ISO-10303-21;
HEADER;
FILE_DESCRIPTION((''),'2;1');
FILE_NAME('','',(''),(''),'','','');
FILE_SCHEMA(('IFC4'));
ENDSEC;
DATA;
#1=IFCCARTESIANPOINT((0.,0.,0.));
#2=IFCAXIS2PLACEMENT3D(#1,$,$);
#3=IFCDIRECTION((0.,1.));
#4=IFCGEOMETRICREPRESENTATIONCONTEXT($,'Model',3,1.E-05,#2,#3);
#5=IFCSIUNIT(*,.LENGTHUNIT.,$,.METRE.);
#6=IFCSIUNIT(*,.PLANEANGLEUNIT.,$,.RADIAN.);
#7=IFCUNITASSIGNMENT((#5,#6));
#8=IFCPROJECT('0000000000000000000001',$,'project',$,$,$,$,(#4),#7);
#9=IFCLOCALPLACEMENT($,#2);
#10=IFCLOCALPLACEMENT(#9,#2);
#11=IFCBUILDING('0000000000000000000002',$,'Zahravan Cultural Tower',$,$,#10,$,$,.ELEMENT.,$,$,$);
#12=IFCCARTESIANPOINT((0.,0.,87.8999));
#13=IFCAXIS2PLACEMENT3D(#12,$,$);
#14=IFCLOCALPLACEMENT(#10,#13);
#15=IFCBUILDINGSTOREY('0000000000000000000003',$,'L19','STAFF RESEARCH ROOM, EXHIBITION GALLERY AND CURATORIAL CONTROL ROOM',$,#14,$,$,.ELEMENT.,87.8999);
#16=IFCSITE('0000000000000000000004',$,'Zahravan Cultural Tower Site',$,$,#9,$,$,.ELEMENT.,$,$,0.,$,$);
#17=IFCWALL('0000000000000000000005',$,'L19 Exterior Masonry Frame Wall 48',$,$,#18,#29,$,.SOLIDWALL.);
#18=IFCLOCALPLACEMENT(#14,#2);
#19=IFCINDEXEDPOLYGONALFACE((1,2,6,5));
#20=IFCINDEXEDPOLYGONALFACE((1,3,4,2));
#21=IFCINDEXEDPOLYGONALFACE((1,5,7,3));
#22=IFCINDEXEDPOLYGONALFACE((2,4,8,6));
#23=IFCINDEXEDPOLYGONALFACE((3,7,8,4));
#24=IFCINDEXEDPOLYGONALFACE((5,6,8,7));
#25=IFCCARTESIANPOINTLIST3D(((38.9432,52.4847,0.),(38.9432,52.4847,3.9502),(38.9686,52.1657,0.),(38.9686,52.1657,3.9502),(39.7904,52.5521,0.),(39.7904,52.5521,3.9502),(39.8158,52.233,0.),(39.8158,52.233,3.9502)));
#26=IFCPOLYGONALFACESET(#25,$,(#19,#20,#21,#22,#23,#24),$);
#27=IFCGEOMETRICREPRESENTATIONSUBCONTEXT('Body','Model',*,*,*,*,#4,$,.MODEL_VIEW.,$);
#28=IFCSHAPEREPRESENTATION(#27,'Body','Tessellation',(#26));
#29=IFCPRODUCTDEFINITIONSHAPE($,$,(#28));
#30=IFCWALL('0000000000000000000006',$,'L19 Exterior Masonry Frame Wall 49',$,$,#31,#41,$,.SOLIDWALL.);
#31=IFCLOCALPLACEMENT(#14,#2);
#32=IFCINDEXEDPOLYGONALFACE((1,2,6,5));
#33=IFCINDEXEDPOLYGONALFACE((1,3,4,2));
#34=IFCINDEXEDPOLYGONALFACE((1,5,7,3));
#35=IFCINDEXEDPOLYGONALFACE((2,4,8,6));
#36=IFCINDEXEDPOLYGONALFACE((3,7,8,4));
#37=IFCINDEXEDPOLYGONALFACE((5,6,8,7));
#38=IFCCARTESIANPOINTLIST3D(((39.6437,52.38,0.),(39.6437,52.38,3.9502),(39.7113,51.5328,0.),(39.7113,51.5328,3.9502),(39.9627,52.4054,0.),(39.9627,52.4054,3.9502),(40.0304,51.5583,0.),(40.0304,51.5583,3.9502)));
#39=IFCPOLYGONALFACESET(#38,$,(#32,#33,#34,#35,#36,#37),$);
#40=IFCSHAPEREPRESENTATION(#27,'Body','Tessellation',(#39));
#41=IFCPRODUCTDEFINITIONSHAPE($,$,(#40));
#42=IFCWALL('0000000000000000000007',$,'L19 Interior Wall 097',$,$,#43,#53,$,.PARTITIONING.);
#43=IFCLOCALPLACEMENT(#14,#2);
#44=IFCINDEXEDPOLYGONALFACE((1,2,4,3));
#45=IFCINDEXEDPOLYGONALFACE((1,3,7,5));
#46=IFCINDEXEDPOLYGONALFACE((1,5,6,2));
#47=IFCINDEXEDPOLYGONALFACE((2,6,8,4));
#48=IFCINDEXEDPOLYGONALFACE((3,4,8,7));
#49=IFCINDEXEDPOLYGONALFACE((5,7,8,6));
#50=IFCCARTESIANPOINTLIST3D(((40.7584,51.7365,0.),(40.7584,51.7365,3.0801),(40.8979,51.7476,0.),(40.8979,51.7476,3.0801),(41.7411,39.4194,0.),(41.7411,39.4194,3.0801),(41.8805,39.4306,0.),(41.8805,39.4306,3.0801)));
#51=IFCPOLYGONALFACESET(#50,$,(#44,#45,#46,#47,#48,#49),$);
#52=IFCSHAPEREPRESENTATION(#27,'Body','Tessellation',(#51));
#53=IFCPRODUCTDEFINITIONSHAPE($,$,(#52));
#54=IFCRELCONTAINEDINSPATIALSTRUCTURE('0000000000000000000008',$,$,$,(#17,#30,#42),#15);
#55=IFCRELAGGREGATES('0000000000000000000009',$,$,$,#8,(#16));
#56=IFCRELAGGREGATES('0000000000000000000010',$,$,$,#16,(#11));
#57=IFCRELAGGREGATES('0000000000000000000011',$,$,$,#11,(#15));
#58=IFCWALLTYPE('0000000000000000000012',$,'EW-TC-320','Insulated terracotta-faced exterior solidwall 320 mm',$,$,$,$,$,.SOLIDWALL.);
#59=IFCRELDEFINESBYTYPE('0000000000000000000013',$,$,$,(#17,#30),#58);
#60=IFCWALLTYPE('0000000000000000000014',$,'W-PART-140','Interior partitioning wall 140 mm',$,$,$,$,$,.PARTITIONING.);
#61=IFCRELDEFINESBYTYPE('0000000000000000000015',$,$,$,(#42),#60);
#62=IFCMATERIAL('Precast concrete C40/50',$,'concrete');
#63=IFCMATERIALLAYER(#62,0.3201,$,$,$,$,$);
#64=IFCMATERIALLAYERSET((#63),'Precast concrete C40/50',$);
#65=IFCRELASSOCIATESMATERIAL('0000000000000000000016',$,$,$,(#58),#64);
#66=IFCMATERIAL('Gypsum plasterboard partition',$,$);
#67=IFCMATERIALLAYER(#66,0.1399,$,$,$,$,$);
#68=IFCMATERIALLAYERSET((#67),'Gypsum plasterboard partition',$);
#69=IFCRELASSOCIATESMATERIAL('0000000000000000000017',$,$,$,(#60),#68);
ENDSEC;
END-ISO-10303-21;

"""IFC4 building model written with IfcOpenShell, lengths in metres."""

from ifc_helpers import new_model, si_unit, direction, frame, frame_2d, origin, place, context, subcontext, project, spatial, rectangle, extrude, source, transform, mapped, material, layer, layer_set, type_object, element, save


model = new_model("IFC4")

# Units and contexts
model_context = context("Model", 3, precision=1e-05, world=origin(), true_north=direction((0.0, 1.0)))
body_context = subcontext(model_context, "Body", "Model", "MODEL_VIEW")
ifc_project = project(units=[si_unit("LENGTHUNIT", "METRE"), si_unit("PLANEANGLEUNIT", "RADIAN")], contexts=[model_context])

# Site, building, storey
site_placement = place(None, origin())
site = spatial("IfcSite", under=ifc_project, at=site_placement, Name="Zahravan Cultural Tower Site", CompositionType="ELEMENT", RefElevation=0.0)
building_placement = place(site_placement, origin())
building = spatial("IfcBuilding", under=site, at=building_placement, Name="Zahravan Cultural Tower", CompositionType="ELEMENT")
storey_placement = place(building_placement, frame((0.0, 0.0, 87.8999)))
storey = spatial("IfcBuildingStorey", under=building, at=storey_placement, Name="L19", Description="STAFF RESEARCH ROOM, EXHIBITION GALLERY AND CURATORIAL CONTROL ROOM", CompositionType="ELEMENT", Elevation=87.8999)

# Walls
ifc_material_1 = material(Name="Precast concrete C40/50", Category="concrete")
ifc_layer_1 = layer(ifc_material_1, 0.3201)
ifc_layer_set_1 = layer_set([ifc_layer_1], Name="Precast concrete C40/50")
wall_type_1 = type_object("IfcWallType", Name="EW-TC-320", Description="Insulated terracotta-faced exterior solidwall 320 mm", PredefinedType="SOLIDWALL", material=ifc_layer_set_1)
shared_shape_1 = source(origin(), body_context, "Body", "SweptSolid", [
    extrude(rectangle(XDim=0.8499, YDim=0.3201, at=frame_2d((0.4248, 0.0))), origin(), (0.0, 0.0, 1.0), 3.9502),
])
for number, where, z_axis, x_axis, name in (
    (1, (38.9561, 52.3252, 0.0), (0.0, 0.0, 1.0), (0.996852, 0.079288, 0.0), "L19 Exterior Masonry Frame Wall 48"),
    (2, (39.8032, 52.3926, 0.0), (0.0, 0.0, 1.0), (0.079574, -0.996829, 0.0), "L19 Exterior Masonry Frame Wall 49"),
):
    element("IfcWall", number, at=place(storey_placement, frame(where, z_axis=z_axis, x_axis=x_axis)), inside=storey, type_object=wall_type_1, Name=name, PredefinedType="SOLIDWALL", context=body_context, shape_type="MappedRepresentation", body=[
        mapped(shared_shape_1, transform((0.0, 0.0, 0.0), x_axis=(1.0, 0.0, 0.0), y_axis=(0.0, 1.0, 0.0), z_axis=(0.0, 0.0, 1.0), scale=1.0)),
    ])
ifc_material_2 = material(Name="Gypsum plasterboard partition")
ifc_layer_2 = layer(ifc_material_2, 0.1399)
ifc_layer_set_2 = layer_set([ifc_layer_2], Name="Gypsum plasterboard partition")
wall_type_2 = type_object("IfcWallType", Name="W-PART-140", Description="Interior partitioning wall 140 mm", PredefinedType="PARTITIONING", material=ifc_layer_set_2)
shared_shape_2 = source(origin(), body_context, "Body", "SweptSolid", [
    extrude(rectangle(XDim=12.3562, YDim=0.1399, at=frame_2d((6.1782, 0.0))), origin(), (0.0, 0.0, 1.0), 3.0801),
])
wall_placement = place(storey_placement, frame((40.8281, 51.7422, 0.0), z_axis=(0.0, 0.0, 1.0), x_axis=(0.079528, -0.996833, 0.0)))
element("IfcWall", 3, at=wall_placement, inside=storey, type_object=wall_type_2, Name="L19 Interior Wall 097", PredefinedType="PARTITIONING", context=body_context, shape_type="MappedRepresentation", body=[
    mapped(shared_shape_2, transform((0.0, 0.0, 0.0), x_axis=(1.0, 0.0, 0.0), y_axis=(0.0, 1.0, 0.0), z_axis=(0.0, 0.0, 1.0), scale=1.0)),
])

save(model, "model.ifc")
